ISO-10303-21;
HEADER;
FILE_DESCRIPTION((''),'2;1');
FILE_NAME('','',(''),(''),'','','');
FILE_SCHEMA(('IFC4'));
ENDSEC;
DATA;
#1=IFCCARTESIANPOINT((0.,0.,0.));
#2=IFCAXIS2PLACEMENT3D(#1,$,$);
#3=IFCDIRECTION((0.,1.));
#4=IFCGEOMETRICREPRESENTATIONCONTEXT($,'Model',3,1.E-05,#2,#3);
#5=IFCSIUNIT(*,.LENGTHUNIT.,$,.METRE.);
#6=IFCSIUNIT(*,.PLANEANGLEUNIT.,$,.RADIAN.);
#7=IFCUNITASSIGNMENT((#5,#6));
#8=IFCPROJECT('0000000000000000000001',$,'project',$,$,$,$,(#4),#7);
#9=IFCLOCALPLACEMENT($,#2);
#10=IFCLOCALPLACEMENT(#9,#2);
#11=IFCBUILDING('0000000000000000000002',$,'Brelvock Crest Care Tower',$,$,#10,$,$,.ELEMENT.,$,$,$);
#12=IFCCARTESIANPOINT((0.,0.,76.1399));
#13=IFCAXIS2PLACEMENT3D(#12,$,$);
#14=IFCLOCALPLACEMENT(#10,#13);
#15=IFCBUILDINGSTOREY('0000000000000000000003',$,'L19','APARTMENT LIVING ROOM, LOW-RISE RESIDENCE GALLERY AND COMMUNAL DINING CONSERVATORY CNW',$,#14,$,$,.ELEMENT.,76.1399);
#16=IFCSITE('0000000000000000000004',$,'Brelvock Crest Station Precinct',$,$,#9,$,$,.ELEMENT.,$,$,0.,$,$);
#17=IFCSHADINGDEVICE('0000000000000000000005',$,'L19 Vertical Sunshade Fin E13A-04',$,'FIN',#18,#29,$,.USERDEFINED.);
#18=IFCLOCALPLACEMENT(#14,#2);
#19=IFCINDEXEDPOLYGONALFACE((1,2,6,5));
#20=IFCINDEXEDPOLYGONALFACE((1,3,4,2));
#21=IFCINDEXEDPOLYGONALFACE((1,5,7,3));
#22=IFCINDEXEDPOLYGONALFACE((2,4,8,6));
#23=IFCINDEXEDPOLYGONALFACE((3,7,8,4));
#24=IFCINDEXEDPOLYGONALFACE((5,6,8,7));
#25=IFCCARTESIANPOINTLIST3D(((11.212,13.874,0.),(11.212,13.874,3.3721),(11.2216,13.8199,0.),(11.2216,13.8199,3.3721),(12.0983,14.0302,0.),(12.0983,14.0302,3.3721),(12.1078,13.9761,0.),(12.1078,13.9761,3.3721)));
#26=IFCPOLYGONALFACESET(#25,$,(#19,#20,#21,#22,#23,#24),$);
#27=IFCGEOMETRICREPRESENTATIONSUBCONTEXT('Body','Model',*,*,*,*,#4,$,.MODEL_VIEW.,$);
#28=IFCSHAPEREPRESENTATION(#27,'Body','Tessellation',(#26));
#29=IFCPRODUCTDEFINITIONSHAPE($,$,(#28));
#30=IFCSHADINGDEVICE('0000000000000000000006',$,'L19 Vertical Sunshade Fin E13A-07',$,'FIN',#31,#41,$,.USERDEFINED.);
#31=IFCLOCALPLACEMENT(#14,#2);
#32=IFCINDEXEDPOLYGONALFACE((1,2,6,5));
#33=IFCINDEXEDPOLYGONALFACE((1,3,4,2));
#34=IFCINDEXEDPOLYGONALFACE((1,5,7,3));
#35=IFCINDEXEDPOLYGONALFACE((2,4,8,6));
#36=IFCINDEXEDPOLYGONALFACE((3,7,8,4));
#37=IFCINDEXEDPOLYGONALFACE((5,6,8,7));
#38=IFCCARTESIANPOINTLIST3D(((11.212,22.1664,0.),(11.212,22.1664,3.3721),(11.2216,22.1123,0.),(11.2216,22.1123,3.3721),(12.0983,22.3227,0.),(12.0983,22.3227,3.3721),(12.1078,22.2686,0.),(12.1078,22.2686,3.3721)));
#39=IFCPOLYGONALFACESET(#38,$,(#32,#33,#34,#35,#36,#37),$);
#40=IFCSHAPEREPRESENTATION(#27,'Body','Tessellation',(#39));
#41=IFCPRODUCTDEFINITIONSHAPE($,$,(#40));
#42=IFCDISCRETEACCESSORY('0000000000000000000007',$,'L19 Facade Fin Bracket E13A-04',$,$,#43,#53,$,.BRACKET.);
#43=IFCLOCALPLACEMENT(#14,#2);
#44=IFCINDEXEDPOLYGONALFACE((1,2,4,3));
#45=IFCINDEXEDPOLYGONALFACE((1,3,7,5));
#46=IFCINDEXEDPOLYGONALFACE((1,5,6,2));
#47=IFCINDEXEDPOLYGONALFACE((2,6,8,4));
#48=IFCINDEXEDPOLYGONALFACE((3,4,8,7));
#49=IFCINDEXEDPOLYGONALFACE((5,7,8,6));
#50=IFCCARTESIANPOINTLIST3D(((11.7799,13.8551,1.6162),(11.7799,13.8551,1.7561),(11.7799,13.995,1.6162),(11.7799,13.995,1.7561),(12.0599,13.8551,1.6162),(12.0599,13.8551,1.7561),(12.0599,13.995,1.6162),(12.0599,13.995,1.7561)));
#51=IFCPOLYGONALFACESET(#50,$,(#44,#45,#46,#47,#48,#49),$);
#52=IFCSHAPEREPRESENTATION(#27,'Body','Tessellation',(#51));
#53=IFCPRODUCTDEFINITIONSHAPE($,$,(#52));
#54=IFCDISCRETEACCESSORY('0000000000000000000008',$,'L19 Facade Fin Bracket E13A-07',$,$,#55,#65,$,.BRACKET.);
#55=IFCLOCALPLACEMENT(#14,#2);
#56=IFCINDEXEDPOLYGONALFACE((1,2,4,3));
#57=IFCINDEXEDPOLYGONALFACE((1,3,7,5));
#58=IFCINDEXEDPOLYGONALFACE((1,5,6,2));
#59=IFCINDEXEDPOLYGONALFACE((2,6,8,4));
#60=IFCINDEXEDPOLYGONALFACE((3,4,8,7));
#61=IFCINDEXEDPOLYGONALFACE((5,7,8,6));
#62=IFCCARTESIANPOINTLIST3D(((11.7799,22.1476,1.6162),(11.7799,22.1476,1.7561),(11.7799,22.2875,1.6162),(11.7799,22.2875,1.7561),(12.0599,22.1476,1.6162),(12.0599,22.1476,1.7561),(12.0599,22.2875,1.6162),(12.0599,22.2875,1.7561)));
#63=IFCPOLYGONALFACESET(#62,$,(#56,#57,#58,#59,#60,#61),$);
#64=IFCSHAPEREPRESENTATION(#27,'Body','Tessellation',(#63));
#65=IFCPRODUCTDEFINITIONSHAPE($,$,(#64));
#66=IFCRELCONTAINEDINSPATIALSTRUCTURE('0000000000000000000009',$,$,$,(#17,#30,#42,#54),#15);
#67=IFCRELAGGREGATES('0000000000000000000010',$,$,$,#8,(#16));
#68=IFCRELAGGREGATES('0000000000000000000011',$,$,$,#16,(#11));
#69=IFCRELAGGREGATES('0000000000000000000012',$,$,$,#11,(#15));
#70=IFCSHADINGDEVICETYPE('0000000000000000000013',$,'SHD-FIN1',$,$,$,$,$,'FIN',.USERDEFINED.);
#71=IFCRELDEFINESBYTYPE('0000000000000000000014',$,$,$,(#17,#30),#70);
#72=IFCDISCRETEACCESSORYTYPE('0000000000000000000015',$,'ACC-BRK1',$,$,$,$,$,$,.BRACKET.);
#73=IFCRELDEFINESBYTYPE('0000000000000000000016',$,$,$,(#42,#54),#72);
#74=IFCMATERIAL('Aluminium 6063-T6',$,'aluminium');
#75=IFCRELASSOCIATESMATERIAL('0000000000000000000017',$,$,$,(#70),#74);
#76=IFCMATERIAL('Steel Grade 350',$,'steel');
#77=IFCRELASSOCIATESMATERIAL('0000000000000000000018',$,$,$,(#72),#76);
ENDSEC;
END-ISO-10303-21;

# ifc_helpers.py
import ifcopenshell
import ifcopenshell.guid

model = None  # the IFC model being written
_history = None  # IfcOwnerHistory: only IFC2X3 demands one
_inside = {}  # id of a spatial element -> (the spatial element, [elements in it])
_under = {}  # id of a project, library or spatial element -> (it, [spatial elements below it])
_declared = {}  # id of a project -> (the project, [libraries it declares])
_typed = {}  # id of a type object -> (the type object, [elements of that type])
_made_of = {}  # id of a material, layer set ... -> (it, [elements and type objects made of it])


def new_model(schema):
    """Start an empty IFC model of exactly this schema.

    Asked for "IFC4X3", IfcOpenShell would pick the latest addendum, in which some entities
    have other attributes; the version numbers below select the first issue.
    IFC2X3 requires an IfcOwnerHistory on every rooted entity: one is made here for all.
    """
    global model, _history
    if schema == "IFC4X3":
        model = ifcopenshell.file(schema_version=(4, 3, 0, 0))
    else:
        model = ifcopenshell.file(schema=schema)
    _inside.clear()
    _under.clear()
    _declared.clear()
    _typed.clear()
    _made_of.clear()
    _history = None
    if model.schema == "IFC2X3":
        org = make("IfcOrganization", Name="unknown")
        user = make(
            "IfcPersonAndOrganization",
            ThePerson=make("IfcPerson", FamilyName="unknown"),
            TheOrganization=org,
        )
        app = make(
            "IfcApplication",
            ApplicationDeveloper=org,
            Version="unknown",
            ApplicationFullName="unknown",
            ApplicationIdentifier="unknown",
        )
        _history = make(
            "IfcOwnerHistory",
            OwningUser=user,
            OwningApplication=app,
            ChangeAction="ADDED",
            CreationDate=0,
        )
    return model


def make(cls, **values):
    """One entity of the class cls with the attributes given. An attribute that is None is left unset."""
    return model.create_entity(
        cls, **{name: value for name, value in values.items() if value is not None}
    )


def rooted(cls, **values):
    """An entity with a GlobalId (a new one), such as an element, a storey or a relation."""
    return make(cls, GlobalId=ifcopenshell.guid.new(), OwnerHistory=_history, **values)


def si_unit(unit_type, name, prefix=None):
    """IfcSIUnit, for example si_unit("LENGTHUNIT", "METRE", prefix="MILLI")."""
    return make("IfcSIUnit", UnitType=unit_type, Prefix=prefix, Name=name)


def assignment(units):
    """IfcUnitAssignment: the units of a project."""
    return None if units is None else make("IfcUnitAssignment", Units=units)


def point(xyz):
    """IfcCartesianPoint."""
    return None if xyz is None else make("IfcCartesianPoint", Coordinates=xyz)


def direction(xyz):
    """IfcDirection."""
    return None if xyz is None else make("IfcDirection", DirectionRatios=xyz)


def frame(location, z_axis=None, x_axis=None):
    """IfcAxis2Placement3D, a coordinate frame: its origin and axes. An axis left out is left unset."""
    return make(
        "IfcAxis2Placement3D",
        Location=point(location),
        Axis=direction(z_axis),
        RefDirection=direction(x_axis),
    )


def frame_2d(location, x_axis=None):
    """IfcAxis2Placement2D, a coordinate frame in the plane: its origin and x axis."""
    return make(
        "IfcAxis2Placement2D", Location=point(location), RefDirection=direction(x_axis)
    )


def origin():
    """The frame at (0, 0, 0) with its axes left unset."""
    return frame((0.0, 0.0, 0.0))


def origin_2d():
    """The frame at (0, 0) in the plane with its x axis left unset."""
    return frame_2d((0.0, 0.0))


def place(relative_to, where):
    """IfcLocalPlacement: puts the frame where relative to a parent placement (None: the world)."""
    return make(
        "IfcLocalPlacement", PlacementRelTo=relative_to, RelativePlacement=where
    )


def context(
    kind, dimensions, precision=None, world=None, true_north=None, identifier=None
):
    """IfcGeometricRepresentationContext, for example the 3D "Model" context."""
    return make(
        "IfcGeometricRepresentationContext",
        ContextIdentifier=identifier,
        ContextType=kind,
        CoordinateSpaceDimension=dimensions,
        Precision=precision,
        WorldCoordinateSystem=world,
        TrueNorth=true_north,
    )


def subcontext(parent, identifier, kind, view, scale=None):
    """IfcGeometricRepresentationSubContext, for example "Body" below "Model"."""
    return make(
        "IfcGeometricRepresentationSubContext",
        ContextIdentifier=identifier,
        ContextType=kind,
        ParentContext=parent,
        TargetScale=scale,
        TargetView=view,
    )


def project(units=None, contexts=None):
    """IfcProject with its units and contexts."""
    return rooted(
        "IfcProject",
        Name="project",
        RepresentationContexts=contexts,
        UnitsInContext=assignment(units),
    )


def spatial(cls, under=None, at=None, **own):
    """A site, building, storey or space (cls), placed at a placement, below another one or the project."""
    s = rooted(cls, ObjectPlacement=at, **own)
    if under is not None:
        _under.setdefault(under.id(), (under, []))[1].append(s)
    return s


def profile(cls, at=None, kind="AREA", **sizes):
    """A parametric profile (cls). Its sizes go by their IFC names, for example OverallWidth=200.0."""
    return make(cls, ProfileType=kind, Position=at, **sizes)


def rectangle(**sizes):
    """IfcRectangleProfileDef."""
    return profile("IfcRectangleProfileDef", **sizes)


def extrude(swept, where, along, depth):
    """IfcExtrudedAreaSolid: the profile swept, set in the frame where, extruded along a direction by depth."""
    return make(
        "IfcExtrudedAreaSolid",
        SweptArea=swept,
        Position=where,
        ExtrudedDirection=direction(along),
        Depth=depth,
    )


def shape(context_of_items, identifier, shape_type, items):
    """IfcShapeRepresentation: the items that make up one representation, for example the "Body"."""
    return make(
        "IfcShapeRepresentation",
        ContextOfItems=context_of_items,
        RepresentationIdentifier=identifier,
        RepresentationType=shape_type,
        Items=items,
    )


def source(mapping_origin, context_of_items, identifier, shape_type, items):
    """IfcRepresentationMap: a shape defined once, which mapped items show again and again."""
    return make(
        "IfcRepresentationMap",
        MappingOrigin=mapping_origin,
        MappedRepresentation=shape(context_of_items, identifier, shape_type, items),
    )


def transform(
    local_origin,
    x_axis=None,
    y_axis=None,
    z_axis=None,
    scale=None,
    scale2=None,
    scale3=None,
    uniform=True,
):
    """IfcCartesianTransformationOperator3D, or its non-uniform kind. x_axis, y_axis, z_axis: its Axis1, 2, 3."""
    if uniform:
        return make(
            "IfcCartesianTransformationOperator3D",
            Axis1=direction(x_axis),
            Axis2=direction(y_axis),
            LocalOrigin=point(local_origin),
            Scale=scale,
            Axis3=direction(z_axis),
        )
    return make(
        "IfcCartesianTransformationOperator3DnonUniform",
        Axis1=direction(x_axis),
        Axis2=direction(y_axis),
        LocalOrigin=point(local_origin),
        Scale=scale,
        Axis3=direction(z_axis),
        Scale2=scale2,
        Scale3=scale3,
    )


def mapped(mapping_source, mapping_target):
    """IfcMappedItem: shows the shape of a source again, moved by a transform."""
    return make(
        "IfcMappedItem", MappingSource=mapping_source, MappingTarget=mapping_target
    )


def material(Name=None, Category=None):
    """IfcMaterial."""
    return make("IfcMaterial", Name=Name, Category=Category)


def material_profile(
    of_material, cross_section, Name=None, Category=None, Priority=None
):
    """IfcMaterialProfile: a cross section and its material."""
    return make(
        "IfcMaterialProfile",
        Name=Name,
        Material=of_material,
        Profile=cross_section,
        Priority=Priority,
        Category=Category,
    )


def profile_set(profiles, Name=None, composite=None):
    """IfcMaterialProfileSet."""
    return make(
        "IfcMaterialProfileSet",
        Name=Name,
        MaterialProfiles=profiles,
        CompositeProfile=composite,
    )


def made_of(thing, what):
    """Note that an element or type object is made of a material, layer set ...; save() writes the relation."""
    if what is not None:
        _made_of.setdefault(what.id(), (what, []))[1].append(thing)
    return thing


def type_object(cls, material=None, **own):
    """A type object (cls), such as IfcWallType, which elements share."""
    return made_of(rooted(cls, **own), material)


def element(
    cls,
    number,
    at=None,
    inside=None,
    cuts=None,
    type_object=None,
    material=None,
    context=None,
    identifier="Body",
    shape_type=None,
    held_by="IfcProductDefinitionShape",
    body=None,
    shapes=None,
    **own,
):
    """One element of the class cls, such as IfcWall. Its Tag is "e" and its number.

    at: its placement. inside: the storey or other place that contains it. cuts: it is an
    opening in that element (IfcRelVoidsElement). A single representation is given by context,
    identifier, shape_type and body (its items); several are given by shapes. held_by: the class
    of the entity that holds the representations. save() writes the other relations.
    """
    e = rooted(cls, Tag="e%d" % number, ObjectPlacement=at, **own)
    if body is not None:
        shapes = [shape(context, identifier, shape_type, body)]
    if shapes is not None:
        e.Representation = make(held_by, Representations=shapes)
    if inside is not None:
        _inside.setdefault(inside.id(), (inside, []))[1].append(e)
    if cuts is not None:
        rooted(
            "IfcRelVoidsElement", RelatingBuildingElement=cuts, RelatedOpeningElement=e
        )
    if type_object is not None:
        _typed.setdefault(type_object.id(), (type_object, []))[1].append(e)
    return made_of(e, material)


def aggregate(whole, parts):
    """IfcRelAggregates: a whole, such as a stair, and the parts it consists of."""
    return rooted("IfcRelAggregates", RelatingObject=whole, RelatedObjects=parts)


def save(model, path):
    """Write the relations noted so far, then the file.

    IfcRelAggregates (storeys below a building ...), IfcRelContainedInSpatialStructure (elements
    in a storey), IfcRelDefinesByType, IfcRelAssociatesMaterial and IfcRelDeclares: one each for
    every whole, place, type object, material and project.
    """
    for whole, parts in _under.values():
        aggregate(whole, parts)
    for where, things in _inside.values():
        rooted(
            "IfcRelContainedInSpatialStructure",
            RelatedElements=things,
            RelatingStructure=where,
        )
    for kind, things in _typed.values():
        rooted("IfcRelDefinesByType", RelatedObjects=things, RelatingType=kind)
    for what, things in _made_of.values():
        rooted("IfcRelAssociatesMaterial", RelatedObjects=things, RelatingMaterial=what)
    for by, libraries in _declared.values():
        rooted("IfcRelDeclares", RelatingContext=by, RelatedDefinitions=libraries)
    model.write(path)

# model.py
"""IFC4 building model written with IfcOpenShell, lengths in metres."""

from ifc_helpers import new_model, si_unit, direction, frame, origin, origin_2d, place, context, subcontext, project, spatial, rectangle, extrude, source, transform, mapped, material, material_profile, profile_set, type_object, element, save


model = new_model("IFC4")

# Units and contexts
model_context = context("Model", 3, precision=1e-05, world=origin(), true_north=direction((0.0, 1.0)))
body_context = subcontext(model_context, "Body", "Model", "MODEL_VIEW")
ifc_project = project(units=[si_unit("LENGTHUNIT", "METRE"), si_unit("PLANEANGLEUNIT", "RADIAN")], contexts=[model_context])

# Site, building, storey
site_placement = place(None, origin())
site = spatial("IfcSite", under=ifc_project, at=site_placement, Name="Brelvock Crest Station Precinct", CompositionType="ELEMENT", RefElevation=0.0)
building_placement = place(site_placement, origin())
building = spatial("IfcBuilding", under=site, at=building_placement, Name="Brelvock Crest Care Tower", CompositionType="ELEMENT")
storey_placement = place(building_placement, frame((0.0, 0.0, 76.1399)))
storey = spatial("IfcBuildingStorey", under=building, at=storey_placement, Name="L19", Description="APARTMENT LIVING ROOM, LOW-RISE RESIDENCE GALLERY AND COMMUNAL DINING CONSERVATORY CNW", CompositionType="ELEMENT", Elevation=76.1399)

# Shared definitions
ifc_material_1 = material(Name="Steel Grade 350", Category="steel")

# Shared definitions
ifc_material_2 = material(Name="Aluminium 6063-T6", Category="aluminium")

# Shading devices
ifc_material_profile_1 = material_profile(ifc_material_2, rectangle(XDim=0.0549, YDim=0.8999, at=origin_2d()), Name="FIN55x900")
ifc_profile_set_1 = profile_set([ifc_material_profile_1], Name="Aluminium 6063-T6")
shading_device_type = type_object("IfcShadingDeviceType", Name="SHD-FIN1", ElementType="FIN", PredefinedType="USERDEFINED", material=ifc_profile_set_1)
shared_shape_1 = source(origin(), body_context, "Body", "SweptSolid", [
    extrude(rectangle(XDim=0.0549, YDim=0.8999, at=origin_2d()), origin(), (0.0, 0.0, 1.0), 3.3721),
])
for number, where, z_axis, x_axis, name in (
    (1, (11.6599, 13.925, 0.0), (0.0, 0.0, 1.0), (-0.173648, 0.984808, 0.0), "L19 Vertical Sunshade Fin E13A-04"),
    (2, (11.6599, 22.2175, 0.0), (0.0, 0.0, 1.0), (-0.173648, 0.984808, 0.0), "L19 Vertical Sunshade Fin E13A-07"),
):
    element("IfcShadingDevice", number, at=place(storey_placement, frame(where, z_axis=z_axis, x_axis=x_axis)), inside=storey, type_object=shading_device_type, Name=name, ObjectType="FIN", PredefinedType="USERDEFINED", context=body_context, shape_type="MappedRepresentation", body=[
        mapped(shared_shape_1, transform((0.0, 0.0, 0.0), x_axis=(1.0, 0.0, 0.0), y_axis=(0.0, 1.0, 0.0), z_axis=(0.0, 0.0, 1.0), scale=1.0)),
    ])

# Discrete accessories
discrete_accessory_type = type_object("IfcDiscreteAccessoryType", Name="ACC-BRK1", PredefinedType="BRACKET", material=ifc_material_1)
shared_shape_2 = source(origin(), body_context, "Body", "SweptSolid", [
    extrude(rectangle(XDim=0.28, YDim=0.1399, at=origin_2d()), origin(), (0.0, 0.0, 1.0), 0.1399),
])
for number, where, z_axis, x_axis, name in (
    (3, (11.9199, 13.925, 1.6162), (0.0, 0.0, 1.0), (-1.0, 0.0, 0.0), "L19 Facade Fin Bracket E13A-04"),
    (4, (11.9199, 22.2175, 1.6162), (0.0, 0.0, 1.0), (-1.0, 0.0, 0.0), "L19 Facade Fin Bracket E13A-07"),
):
    element("IfcDiscreteAccessory", number, at=place(storey_placement, frame(where, z_axis=z_axis, x_axis=x_axis)), inside=storey, type_object=discrete_accessory_type, Name=name, PredefinedType="BRACKET", context=body_context, shape_type="MappedRepresentation", body=[
        mapped(shared_shape_2, transform((0.0, 0.0, 0.0), x_axis=(1.0, 0.0, 0.0), y_axis=(0.0, 1.0, 0.0), z_axis=(0.0, 0.0, 1.0), scale=1.0)),
    ])

save(model, "model.ifc")
